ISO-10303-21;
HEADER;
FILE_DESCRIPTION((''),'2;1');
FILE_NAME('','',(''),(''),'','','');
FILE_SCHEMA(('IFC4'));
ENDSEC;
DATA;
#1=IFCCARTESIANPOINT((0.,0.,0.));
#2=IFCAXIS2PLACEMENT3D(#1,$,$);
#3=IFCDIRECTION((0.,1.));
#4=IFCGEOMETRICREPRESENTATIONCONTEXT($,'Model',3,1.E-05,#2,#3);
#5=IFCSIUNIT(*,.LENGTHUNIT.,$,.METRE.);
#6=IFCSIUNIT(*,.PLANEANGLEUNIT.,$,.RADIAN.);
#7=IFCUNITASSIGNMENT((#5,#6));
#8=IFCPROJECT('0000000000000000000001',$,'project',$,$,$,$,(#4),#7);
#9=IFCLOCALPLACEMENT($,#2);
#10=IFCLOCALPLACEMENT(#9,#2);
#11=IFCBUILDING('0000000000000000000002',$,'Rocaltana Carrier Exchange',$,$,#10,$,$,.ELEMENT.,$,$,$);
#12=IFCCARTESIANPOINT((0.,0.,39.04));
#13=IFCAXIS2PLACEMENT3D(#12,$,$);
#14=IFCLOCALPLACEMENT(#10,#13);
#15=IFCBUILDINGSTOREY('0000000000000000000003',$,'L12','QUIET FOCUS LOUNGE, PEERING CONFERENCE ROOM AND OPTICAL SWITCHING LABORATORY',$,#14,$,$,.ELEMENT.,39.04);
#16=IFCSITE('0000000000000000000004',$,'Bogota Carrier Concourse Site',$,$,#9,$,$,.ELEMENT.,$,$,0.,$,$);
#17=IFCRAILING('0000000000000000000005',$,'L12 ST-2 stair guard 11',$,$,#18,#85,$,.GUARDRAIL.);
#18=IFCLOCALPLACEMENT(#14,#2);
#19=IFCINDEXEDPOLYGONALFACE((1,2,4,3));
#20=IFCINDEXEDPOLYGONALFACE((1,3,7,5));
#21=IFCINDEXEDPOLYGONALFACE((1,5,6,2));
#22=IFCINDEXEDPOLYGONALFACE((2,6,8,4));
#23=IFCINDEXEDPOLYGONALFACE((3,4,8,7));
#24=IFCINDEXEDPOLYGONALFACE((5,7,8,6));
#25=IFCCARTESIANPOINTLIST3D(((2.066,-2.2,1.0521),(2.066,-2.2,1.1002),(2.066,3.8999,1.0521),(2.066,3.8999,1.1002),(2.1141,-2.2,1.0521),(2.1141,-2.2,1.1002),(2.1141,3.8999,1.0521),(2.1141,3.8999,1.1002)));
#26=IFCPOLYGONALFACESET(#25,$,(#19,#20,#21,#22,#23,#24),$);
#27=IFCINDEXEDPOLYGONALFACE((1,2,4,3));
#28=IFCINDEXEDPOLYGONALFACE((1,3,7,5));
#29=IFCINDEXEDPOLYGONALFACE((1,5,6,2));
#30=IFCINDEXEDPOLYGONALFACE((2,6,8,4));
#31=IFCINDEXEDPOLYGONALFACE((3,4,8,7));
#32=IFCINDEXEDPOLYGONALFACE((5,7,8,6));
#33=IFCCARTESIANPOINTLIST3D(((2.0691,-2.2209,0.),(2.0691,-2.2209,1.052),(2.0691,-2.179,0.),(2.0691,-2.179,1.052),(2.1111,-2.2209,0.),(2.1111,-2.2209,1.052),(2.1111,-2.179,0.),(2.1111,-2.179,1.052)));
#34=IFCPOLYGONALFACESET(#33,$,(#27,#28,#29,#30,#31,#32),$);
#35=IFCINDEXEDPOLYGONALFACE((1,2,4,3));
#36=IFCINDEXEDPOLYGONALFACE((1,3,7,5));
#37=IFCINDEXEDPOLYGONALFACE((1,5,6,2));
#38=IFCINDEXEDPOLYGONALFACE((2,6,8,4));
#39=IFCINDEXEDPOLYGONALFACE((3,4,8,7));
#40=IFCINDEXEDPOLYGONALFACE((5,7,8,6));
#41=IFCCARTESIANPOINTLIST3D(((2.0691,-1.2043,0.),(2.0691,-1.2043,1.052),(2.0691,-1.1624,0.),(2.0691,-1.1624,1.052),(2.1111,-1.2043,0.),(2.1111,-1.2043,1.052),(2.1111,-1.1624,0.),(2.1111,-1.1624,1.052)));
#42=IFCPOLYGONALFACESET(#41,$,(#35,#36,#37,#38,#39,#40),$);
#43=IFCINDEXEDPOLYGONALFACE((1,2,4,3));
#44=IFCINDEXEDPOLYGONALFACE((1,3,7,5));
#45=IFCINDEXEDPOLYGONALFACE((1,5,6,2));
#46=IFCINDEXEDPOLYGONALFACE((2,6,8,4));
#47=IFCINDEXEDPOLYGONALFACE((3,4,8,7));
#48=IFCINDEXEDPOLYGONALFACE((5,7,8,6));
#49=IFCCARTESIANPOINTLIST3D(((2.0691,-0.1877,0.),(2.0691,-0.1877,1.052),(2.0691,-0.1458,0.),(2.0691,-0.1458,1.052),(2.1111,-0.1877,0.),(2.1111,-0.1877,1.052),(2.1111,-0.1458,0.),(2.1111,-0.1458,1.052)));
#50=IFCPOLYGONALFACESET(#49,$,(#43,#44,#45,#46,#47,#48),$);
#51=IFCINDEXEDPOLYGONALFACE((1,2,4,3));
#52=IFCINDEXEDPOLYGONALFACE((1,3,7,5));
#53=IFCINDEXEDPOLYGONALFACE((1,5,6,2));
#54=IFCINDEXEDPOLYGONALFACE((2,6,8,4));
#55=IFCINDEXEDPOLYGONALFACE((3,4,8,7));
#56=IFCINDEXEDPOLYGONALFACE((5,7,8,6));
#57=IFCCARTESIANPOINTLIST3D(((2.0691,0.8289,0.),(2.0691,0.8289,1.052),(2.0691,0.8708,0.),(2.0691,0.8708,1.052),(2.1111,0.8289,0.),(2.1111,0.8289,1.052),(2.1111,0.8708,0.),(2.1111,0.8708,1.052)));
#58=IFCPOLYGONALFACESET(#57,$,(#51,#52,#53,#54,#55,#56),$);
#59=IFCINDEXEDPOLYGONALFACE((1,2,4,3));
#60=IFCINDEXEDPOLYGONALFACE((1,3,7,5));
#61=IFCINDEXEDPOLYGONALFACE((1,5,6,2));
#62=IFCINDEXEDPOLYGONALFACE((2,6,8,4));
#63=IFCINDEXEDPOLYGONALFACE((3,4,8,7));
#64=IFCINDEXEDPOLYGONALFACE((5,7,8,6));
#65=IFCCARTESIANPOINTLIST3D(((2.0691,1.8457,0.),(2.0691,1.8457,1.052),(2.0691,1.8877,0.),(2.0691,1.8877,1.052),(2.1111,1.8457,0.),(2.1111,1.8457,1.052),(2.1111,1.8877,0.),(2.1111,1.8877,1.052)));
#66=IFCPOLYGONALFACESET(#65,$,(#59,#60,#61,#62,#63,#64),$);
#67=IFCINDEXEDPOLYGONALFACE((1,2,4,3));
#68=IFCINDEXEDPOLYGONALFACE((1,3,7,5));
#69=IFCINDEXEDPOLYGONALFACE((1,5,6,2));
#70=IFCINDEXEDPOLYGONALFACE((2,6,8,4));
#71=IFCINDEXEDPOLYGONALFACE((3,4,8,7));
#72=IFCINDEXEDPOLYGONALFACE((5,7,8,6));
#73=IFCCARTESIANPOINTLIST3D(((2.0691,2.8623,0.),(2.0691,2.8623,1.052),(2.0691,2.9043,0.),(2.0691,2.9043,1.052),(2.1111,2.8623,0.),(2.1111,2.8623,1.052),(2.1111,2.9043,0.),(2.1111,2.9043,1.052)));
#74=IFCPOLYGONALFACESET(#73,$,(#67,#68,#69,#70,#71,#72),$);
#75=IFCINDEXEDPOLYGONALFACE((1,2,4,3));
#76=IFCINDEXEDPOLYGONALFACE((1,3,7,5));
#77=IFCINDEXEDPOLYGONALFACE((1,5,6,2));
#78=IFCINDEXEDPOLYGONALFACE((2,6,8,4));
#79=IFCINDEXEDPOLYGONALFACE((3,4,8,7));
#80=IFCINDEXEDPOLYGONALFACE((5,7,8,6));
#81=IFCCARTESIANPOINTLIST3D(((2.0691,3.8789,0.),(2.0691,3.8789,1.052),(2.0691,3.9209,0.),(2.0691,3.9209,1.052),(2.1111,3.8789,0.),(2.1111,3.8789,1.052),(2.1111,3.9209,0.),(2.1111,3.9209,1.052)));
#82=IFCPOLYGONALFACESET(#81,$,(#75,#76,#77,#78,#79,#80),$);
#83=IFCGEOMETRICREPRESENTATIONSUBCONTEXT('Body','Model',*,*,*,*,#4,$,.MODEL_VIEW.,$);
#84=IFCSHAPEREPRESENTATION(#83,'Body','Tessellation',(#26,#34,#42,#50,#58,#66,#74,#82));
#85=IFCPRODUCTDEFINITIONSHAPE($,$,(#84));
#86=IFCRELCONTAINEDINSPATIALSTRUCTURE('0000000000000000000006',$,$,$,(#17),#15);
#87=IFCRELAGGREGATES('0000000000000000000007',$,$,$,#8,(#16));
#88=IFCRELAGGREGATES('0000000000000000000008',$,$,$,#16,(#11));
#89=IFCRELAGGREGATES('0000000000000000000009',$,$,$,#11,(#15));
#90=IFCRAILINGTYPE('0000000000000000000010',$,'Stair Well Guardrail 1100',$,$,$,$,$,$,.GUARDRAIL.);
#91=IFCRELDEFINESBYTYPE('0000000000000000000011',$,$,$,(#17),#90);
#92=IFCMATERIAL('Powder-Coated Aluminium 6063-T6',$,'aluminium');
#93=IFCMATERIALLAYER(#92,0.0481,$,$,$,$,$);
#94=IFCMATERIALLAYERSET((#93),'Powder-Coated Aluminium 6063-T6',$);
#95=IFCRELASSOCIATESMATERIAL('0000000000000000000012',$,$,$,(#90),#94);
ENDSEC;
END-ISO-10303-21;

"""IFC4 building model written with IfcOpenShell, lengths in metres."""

from ifc_helpers import new_model, si_unit, direction, frame, origin, origin_2d, place, context, subcontext, project, spatial, rectangle, extrude, material, layer, layer_set, type_object, element, save


model = new_model("IFC4")

# Units and contexts
model_context = context("Model", 3, precision=1e-05, world=origin(), true_north=direction((0.0, 1.0)))
body_context = subcontext(model_context, "Body", "Model", "MODEL_VIEW")
ifc_project = project(units=[si_unit("LENGTHUNIT", "METRE"), si_unit("PLANEANGLEUNIT", "RADIAN")], contexts=[model_context])

# Site, building, storey
site_placement = place(None, origin())
site = spatial("IfcSite", under=ifc_project, at=site_placement, Name="Bogota Carrier Concourse Site", CompositionType="ELEMENT", RefElevation=0.0)
building_placement = place(site_placement, origin())
building = spatial("IfcBuilding", under=site, at=building_placement, Name="Rocaltana Carrier Exchange", CompositionType="ELEMENT")
storey_placement = place(building_placement, frame((0.0, 0.0, 39.04)))
storey = spatial("IfcBuildingStorey", under=building, at=storey_placement, Name="L12", Description="QUIET FOCUS LOUNGE, PEERING CONFERENCE ROOM AND OPTICAL SWITCHING LABORATORY", CompositionType="ELEMENT", Elevation=39.04)

# Railing
ifc_material_1 = material(Name="Powder-Coated Aluminium 6063-T6", Category="aluminium")
ifc_layer_1 = layer(ifc_material_1, 0.0481)
ifc_layer_set_1 = layer_set([ifc_layer_1], Name="Powder-Coated Aluminium 6063-T6")
railing_type_1 = type_object("IfcRailingType", Name="Stair Well Guardrail 1100", PredefinedType="GUARDRAIL", material=ifc_layer_set_1)
for number, where, name in (
    (1, (2.0901, -2.2, 0.0), "L12 ST-2 stair guard 11"),
):
    element("IfcRailing", number, at=place(storey_placement, frame(where)), inside=storey, type_object=railing_type_1, Name=name, PredefinedType="GUARDRAIL", context=body_context, shape_type="SweptSolid", body=[
        extrude(rectangle(XDim=0.0481, YDim=0.0481, at=origin_2d()), frame((0.0, 0.0, 1.0762), z_axis=(0.0, 1.0, 0.0), x_axis=(-1.0, 0.0, 0.0)), (0.0, 0.0, 1.0), 6.0999),
        extrude(rectangle(XDim=0.042, YDim=0.042, at=origin_2d()), origin(), (0.0, 0.0, 1.0), 1.052),
        extrude(rectangle(XDim=0.042, YDim=0.042, at=origin_2d()), frame((0.0, 1.0166, 0.0)), (0.0, 0.0, 1.0), 1.052),
        extrude(rectangle(XDim=0.042, YDim=0.042, at=origin_2d()), frame((0.0, 2.0332, 0.0)), (0.0, 0.0, 1.0), 1.052),
        extrude(rectangle(XDim=0.042, YDim=0.042, at=origin_2d()), frame((0.0, 3.0498, 0.0)), (0.0, 0.0, 1.0), 1.052),
        extrude(rectangle(XDim=0.042, YDim=0.042, at=origin_2d()), frame((0.0, 4.0667, 0.0)), (0.0, 0.0, 1.0), 1.052),
        extrude(rectangle(XDim=0.042, YDim=0.042, at=origin_2d()), frame((0.0, 5.0833, 0.0)), (0.0, 0.0, 1.0), 1.052),
        extrude(rectangle(XDim=0.042, YDim=0.042, at=origin_2d()), frame((0.0, 6.0999, 0.0)), (0.0, 0.0, 1.0), 1.052),
    ])

save(model, "model.ifc")
